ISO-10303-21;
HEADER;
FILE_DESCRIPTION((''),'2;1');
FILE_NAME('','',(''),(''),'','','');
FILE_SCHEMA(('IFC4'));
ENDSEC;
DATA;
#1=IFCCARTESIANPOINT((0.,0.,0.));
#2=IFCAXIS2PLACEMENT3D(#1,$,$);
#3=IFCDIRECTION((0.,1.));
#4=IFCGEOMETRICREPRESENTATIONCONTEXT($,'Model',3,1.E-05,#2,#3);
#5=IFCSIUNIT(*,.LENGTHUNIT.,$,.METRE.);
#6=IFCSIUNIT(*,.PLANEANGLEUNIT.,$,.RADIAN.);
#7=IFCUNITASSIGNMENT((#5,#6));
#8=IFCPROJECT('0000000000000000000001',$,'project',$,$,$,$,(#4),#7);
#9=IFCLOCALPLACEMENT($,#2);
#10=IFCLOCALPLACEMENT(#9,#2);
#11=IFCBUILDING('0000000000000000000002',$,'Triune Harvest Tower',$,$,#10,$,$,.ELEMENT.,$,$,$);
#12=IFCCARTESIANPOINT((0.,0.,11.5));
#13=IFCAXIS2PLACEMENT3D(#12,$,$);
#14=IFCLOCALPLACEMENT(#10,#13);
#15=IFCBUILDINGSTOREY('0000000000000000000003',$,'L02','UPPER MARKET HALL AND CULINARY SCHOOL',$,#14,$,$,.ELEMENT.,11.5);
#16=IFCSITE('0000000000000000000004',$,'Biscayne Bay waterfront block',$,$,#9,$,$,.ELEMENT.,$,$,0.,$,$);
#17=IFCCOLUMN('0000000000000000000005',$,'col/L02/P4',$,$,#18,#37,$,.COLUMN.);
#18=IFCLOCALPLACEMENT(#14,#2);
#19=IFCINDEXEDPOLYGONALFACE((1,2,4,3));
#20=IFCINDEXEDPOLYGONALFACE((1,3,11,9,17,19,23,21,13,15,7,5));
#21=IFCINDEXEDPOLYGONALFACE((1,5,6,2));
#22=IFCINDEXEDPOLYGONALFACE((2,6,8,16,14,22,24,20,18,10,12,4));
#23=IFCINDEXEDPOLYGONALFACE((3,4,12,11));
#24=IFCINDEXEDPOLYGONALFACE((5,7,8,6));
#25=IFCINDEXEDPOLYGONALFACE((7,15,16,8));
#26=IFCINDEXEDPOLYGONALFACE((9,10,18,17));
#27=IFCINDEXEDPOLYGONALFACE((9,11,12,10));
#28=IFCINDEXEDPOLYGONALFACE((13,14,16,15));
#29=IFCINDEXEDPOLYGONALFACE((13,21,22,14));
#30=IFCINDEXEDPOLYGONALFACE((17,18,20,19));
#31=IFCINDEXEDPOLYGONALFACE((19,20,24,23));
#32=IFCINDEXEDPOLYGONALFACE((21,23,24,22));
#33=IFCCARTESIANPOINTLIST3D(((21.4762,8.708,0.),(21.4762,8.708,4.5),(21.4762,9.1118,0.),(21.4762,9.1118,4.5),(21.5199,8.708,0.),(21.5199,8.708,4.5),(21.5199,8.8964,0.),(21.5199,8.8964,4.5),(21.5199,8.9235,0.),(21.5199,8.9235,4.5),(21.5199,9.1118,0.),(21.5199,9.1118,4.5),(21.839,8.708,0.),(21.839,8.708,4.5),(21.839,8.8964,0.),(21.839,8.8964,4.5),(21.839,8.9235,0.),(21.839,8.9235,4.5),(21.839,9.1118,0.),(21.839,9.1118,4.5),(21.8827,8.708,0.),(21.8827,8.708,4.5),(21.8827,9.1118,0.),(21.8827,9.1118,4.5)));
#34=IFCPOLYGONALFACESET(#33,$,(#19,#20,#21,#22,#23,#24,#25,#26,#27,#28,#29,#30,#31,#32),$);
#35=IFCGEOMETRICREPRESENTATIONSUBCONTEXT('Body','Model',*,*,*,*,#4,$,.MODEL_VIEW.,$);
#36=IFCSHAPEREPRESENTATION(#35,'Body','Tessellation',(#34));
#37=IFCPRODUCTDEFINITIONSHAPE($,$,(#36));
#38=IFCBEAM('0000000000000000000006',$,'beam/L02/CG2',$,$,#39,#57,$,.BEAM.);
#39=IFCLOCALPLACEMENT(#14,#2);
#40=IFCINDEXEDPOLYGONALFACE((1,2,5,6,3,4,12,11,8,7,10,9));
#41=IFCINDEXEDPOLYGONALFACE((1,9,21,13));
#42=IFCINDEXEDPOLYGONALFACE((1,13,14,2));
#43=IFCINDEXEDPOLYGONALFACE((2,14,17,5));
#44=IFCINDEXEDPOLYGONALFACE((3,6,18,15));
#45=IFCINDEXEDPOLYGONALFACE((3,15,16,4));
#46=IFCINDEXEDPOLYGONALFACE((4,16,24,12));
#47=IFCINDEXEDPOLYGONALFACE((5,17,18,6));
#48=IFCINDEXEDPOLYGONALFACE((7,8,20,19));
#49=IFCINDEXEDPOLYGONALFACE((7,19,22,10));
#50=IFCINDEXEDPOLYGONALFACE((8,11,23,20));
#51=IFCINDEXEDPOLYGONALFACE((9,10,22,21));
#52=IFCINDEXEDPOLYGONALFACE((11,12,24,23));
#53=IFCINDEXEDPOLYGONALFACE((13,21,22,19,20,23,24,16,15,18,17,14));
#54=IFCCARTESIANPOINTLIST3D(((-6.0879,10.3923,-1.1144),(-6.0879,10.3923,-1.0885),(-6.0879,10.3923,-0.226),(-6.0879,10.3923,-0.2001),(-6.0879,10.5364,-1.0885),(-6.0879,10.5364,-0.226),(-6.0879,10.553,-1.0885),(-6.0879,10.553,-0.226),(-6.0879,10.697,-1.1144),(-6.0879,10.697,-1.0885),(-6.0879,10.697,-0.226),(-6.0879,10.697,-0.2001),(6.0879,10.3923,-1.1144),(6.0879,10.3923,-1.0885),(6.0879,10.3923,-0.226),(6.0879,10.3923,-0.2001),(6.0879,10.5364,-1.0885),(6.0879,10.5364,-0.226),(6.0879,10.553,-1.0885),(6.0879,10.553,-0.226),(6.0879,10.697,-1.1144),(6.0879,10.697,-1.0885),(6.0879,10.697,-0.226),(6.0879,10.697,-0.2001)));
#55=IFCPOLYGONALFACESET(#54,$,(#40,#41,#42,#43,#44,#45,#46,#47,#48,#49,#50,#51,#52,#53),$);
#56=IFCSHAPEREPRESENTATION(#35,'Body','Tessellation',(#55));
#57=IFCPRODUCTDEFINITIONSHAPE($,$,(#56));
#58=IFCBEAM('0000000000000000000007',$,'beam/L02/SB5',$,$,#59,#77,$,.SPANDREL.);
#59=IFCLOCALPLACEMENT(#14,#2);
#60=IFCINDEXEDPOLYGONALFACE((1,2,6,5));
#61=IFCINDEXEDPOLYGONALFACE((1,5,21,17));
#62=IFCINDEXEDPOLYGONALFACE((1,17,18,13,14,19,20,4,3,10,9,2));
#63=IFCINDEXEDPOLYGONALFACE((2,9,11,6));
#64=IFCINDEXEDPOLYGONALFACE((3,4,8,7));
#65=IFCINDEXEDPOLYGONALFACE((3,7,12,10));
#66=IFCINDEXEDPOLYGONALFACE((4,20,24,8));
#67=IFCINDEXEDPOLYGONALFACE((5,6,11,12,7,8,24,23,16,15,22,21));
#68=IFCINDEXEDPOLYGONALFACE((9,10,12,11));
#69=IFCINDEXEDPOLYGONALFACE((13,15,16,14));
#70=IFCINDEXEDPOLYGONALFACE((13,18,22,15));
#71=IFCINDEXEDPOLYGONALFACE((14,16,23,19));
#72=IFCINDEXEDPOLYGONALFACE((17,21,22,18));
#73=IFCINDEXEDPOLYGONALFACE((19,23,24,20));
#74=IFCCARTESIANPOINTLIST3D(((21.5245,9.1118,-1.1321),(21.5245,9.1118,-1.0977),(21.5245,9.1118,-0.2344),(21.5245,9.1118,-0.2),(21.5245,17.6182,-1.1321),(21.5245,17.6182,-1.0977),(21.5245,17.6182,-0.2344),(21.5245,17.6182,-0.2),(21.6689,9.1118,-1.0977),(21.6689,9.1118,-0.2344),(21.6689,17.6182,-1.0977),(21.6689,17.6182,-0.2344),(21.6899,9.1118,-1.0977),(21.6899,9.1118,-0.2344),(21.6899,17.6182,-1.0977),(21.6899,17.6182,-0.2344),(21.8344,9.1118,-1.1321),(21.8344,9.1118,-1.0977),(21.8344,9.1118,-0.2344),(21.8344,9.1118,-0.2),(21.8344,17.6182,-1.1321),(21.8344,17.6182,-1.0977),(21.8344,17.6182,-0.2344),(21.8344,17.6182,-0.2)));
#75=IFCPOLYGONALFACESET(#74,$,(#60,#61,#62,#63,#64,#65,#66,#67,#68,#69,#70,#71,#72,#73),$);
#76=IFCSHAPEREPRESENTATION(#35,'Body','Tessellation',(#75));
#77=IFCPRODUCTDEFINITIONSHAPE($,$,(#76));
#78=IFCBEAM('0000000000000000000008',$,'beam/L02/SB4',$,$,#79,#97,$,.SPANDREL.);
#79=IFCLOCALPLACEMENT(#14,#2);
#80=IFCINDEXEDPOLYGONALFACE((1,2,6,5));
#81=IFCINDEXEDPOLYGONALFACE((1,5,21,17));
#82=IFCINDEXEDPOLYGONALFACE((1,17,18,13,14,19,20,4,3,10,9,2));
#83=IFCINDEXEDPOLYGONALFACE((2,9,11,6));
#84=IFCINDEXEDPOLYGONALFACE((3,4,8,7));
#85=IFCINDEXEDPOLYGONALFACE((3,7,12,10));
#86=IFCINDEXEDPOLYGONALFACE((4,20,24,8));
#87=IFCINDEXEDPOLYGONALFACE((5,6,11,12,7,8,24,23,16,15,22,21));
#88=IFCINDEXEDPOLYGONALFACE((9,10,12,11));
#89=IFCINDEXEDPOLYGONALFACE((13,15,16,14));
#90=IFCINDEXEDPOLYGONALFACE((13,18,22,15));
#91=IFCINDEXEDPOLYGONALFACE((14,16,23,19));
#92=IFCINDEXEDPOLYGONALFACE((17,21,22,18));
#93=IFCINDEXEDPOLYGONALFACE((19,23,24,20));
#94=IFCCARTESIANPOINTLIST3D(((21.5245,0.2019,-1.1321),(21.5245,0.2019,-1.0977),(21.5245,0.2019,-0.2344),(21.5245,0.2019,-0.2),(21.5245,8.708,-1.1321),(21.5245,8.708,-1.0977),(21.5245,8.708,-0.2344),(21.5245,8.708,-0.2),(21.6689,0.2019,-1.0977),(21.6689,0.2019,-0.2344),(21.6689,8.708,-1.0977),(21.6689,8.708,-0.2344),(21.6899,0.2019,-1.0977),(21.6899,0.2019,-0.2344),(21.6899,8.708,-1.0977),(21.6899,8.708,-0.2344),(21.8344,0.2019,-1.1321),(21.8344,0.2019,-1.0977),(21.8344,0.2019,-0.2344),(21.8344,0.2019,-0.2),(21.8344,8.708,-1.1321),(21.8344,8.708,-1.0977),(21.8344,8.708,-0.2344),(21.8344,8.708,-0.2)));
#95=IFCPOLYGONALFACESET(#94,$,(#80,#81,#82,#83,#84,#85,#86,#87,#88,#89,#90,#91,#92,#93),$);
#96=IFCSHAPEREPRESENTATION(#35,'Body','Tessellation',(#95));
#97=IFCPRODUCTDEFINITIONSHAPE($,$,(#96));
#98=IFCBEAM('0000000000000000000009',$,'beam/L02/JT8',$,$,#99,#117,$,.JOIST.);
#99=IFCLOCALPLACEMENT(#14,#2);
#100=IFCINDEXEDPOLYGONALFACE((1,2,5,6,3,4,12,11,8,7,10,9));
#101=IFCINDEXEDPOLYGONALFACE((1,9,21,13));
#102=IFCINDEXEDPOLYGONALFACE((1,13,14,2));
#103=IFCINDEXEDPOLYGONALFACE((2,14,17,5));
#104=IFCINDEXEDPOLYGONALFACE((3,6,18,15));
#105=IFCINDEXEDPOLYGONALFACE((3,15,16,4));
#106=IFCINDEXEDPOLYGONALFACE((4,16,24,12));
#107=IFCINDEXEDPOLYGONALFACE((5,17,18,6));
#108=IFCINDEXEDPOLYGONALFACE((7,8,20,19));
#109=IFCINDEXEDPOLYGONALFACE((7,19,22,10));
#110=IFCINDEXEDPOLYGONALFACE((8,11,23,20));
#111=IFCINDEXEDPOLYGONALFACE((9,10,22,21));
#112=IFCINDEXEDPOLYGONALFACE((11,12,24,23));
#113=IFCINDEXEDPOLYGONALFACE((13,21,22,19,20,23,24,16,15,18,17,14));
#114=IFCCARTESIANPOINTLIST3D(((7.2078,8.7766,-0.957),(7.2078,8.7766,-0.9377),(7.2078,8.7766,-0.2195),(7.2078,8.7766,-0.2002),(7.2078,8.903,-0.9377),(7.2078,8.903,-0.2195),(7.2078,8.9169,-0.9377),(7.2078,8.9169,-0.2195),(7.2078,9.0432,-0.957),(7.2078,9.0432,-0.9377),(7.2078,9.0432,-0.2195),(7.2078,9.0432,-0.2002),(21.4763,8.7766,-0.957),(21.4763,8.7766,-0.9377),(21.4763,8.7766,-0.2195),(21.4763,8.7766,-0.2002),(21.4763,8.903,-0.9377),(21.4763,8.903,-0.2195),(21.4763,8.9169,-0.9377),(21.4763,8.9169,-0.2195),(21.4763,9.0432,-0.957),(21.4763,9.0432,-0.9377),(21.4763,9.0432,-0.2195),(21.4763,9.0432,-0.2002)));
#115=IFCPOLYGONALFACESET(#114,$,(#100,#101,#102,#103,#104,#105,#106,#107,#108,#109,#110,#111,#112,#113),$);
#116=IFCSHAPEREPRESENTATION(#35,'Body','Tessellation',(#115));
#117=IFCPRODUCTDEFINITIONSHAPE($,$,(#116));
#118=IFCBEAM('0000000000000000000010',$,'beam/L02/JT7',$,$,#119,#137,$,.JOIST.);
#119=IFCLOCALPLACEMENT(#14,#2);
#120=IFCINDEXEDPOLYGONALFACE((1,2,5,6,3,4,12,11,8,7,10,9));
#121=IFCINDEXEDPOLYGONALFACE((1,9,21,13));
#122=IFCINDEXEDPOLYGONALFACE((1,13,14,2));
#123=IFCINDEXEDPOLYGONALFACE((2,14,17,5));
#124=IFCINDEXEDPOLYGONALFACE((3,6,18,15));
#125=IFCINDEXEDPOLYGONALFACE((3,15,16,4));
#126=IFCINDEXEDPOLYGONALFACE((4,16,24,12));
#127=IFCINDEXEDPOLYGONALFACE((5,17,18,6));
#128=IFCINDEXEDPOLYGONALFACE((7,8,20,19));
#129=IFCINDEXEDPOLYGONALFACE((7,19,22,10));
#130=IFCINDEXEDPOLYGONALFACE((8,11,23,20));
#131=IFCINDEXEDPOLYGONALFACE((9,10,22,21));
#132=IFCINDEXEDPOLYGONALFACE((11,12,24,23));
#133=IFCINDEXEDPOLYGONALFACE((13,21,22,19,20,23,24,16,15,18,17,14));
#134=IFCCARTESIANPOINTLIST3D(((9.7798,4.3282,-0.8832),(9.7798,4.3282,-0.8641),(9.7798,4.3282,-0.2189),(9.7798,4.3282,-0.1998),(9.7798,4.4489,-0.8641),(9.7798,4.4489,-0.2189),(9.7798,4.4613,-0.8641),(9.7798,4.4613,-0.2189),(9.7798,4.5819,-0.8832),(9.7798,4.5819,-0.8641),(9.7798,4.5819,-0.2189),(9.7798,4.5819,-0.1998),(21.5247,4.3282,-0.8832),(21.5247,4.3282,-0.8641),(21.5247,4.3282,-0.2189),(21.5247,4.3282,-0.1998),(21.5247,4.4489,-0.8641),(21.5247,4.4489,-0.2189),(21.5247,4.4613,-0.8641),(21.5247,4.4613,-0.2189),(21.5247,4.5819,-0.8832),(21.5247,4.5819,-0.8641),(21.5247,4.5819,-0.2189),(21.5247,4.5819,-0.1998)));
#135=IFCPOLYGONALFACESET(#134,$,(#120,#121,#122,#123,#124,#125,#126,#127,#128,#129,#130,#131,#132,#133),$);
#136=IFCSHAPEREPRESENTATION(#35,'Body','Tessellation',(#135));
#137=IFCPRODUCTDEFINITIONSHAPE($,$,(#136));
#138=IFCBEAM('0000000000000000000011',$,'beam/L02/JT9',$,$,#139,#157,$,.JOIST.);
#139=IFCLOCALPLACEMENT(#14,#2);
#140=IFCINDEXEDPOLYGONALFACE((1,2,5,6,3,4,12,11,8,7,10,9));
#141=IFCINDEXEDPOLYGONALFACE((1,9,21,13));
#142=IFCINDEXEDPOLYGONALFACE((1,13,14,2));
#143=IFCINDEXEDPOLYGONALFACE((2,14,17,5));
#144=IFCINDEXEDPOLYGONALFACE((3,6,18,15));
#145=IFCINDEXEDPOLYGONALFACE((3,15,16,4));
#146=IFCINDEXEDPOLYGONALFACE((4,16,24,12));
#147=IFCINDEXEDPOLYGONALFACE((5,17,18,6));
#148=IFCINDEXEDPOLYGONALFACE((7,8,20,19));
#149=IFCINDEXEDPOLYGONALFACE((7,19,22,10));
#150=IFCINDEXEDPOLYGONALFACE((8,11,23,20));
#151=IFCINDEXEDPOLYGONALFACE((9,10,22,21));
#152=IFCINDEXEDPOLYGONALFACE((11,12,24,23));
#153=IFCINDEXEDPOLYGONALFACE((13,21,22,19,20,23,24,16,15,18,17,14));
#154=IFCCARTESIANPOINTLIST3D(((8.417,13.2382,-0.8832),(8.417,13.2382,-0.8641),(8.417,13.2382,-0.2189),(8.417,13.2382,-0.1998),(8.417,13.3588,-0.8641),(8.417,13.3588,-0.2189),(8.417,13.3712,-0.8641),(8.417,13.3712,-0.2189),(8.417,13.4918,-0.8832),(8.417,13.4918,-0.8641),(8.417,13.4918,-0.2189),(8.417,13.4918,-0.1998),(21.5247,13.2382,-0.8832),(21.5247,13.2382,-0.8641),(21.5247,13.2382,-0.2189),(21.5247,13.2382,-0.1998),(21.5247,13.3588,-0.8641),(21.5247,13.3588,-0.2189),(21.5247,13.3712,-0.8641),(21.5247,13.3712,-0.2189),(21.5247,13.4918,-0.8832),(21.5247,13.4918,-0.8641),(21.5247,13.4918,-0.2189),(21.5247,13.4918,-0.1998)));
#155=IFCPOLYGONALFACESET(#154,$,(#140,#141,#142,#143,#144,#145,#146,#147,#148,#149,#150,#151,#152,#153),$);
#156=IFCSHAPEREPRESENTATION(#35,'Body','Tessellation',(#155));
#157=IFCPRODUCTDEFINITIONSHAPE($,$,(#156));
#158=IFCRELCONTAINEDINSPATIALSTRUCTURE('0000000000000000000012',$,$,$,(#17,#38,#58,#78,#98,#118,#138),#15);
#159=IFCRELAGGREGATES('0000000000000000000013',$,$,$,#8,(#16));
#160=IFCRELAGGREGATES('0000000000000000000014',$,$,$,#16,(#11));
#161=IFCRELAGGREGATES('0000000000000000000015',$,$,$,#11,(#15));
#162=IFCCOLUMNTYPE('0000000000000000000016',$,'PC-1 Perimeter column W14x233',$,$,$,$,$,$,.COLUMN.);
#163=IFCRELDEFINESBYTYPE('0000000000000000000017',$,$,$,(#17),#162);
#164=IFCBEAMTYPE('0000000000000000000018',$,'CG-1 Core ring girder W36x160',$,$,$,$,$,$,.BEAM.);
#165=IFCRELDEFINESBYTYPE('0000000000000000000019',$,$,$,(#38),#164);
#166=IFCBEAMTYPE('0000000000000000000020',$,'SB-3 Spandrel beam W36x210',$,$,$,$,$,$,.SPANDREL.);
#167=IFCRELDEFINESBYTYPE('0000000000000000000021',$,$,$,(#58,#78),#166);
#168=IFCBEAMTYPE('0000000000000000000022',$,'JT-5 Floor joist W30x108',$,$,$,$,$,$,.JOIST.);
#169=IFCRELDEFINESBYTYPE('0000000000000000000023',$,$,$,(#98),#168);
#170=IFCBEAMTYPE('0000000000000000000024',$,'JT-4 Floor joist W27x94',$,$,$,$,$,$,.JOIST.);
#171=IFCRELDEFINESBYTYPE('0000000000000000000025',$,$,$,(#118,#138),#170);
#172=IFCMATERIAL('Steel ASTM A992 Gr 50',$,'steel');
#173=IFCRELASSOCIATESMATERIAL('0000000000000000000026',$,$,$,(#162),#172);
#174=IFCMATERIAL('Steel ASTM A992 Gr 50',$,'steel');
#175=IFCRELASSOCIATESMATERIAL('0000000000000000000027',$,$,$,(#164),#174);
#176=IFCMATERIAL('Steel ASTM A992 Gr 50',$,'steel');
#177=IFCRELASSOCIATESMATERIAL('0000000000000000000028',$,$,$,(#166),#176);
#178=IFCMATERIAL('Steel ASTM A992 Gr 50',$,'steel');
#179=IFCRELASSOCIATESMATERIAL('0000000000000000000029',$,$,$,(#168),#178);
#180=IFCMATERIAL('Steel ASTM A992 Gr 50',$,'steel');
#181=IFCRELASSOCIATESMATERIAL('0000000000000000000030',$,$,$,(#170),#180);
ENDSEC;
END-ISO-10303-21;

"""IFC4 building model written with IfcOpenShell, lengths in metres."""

from ifc_helpers import new_model, si_unit, direction, frame, origin, origin_2d, place, context, subcontext, project, spatial, i_section, extrude, source, transform, mapped, material, material_profile, profile_set, type_object, element, save


model = new_model("IFC4")

# Units and contexts
model_context = context("Model", 3, precision=1e-05, world=origin(), true_north=direction((0.0, 1.0)))
body_context = subcontext(model_context, "Body", "Model", "MODEL_VIEW")
ifc_project = project(units=[si_unit("LENGTHUNIT", "METRE"), si_unit("PLANEANGLEUNIT", "RADIAN")], contexts=[model_context])

# Site, building, storey
site_placement = place(None, origin())
site = spatial("IfcSite", under=ifc_project, at=site_placement, Name="Biscayne Bay waterfront block", CompositionType="ELEMENT", RefElevation=0.0)
building_placement = place(site_placement, origin())
building = spatial("IfcBuilding", under=site, at=building_placement, Name="Triune Harvest Tower", CompositionType="ELEMENT")
storey_placement = place(building_placement, frame((0.0, 0.0, 11.5)))
storey = spatial("IfcBuildingStorey", under=building, at=storey_placement, Name="L02", Description="UPPER MARKET HALL AND CULINARY SCHOOL", CompositionType="ELEMENT", Elevation=11.5)

# Column
ifc_material_1 = material(Name="Steel ASTM A992 Gr 50", Category="steel")
ifc_material_profile_1 = material_profile(ifc_material_1, i_section(OverallWidth=0.4038, OverallDepth=0.4065, WebThickness=0.0271, FlangeThickness=0.0437, at=origin_2d()), Name="W14x233")
ifc_profile_set_1 = profile_set([ifc_material_profile_1], Name="Steel ASTM A992 Gr 50")
column_type = type_object("IfcColumnType", Name="PC-1 Perimeter column W14x233", PredefinedType="COLUMN", material=ifc_profile_set_1)
shared_shape_1 = source(origin(), body_context, "Body", "SweptSolid", [
    extrude(i_section(OverallWidth=0.4038, OverallDepth=0.4065, WebThickness=0.0271, FlangeThickness=0.0437, at=origin_2d()), origin(), (0.0, 0.0, 1.0), 4.5),
])
column_placement = place(storey_placement, frame((21.6794, 8.9099, 0.0), z_axis=(0.0, 0.0, 1.0), x_axis=(0.0, 1.0, 0.0)))
element("IfcColumn", 1, at=column_placement, inside=storey, type_object=column_type, Name="col/L02/P4", PredefinedType="COLUMN", context=body_context, shape_type="MappedRepresentation", body=[
    mapped(shared_shape_1, transform((0.0, 0.0, 0.0), scale=1.0)),
])

# Beams
ifc_material_2 = material(Name="Steel ASTM A992 Gr 50", Category="steel")
ifc_material_profile_2 = material_profile(ifc_material_2, i_section(OverallWidth=0.3047, OverallDepth=0.9143, WebThickness=0.0166, FlangeThickness=0.0259, at=origin_2d()), Name="W36x160")
ifc_profile_set_2 = profile_set([ifc_material_profile_2], Name="Steel ASTM A992 Gr 50")
beam_type_1 = type_object("IfcBeamType", Name="CG-1 Core ring girder W36x160", PredefinedType="BEAM", material=ifc_profile_set_2)
shared_shape_2 = source(origin(), body_context, "Body", "SweptSolid", [
    extrude(i_section(OverallWidth=0.3047, OverallDepth=0.9143, WebThickness=0.0166, FlangeThickness=0.0259, at=origin_2d()), origin(), (0.0, 0.0, 1.0), 12.1758),
])
beam_1_placement = place(storey_placement, frame((6.0879, 10.5447, -0.6572), z_axis=(-1.0, 0.0, 0.0), x_axis=(0.0, -1.0, 0.0)))
element("IfcBeam", 2, at=beam_1_placement, inside=storey, type_object=beam_type_1, Name="beam/L02/CG2", PredefinedType="BEAM", context=body_context, shape_type="MappedRepresentation", body=[
    mapped(shared_shape_2, transform((0.0, 0.0, 0.0), scale=1.0)),
])
ifc_material_3 = material(Name="Steel ASTM A992 Gr 50", Category="steel")
ifc_material_profile_3 = material_profile(ifc_material_3, i_section(OverallWidth=0.3098, OverallDepth=0.9321, WebThickness=0.021, FlangeThickness=0.0344, at=origin_2d()), Name="W36x210")
ifc_profile_set_3 = profile_set([ifc_material_profile_3], Name="Steel ASTM A992 Gr 50")
beam_type_2 = type_object("IfcBeamType", Name="SB-3 Spandrel beam W36x210", PredefinedType="SPANDREL", material=ifc_profile_set_3)
shared_shape_3 = source(origin(), body_context, "Body", "SweptSolid", [
    extrude(i_section(OverallWidth=0.3098, OverallDepth=0.9321, WebThickness=0.021, FlangeThickness=0.0344, at=origin_2d()), origin(), (0.0, 0.0, 1.0), 8.5063),
])
beam_2_placement = place(storey_placement, frame((21.6794, 9.1118, -0.666), z_axis=(0.0, 1.0, 0.0), x_axis=(-1.0, 0.0, 0.0)))
element("IfcBeam", 3, at=beam_2_placement, inside=storey, type_object=beam_type_2, Name="beam/L02/SB5", PredefinedType="SPANDREL", context=body_context, shape_type="MappedRepresentation", body=[
    mapped(shared_shape_3, transform((0.0, 0.0, 0.0), scale=1.0)),
])
shared_shape_4 = source(origin(), body_context, "Body", "SweptSolid", [
    extrude(i_section(OverallWidth=0.3098, OverallDepth=0.9321, WebThickness=0.021, FlangeThickness=0.0344, at=origin_2d()), origin(), (0.0, 0.0, 1.0), 8.5061),
])
beam_3_placement = place(storey_placement, frame((21.6794, 0.2019, -0.666), z_axis=(0.0, 1.0, 0.0), x_axis=(-1.0, 0.0, 0.0)))
element("IfcBeam", 4, at=beam_3_placement, inside=storey, type_object=beam_type_2, Name="beam/L02/SB4", PredefinedType="SPANDREL", context=body_context, shape_type="MappedRepresentation", body=[
    mapped(shared_shape_4, transform((0.0, 0.0, 0.0), scale=1.0)),
])
ifc_material_4 = material(Name="Steel ASTM A992 Gr 50", Category="steel")
ifc_material_profile_4 = material_profile(ifc_material_4, i_section(OverallWidth=0.2666, OverallDepth=0.7568, WebThickness=0.0139, FlangeThickness=0.0193, at=origin_2d()), Name="W30x108")
ifc_profile_set_4 = profile_set([ifc_material_profile_4], Name="Steel ASTM A992 Gr 50")
beam_type_3 = type_object("IfcBeamType", Name="JT-5 Floor joist W30x108", PredefinedType="JOIST", material=ifc_profile_set_4)
shared_shape_5 = source(origin(), body_context, "Body", "SweptSolid", [
    extrude(i_section(OverallWidth=0.2666, OverallDepth=0.7568, WebThickness=0.0139, FlangeThickness=0.0193, at=origin_2d()), origin(), (0.0, 0.0, 1.0), 14.2686),
])
beam_4_placement = place(storey_placement, frame((21.4763, 8.9099, -0.5786), z_axis=(-1.0, 0.0, 0.0), x_axis=(0.0, -1.0, 0.0)))
element("IfcBeam", 5, at=beam_4_placement, inside=storey, type_object=beam_type_3, Name="beam/L02/JT8", PredefinedType="JOIST", context=body_context, shape_type="MappedRepresentation", body=[
    mapped(shared_shape_5, transform((0.0, 0.0, 0.0), scale=1.0)),
])
ifc_material_5 = material(Name="Steel ASTM A992 Gr 50", Category="steel")
ifc_material_profile_5 = material_profile(ifc_material_5, i_section(OverallWidth=0.2537, OverallDepth=0.6833, WebThickness=0.0125, FlangeThickness=0.019, at=origin_2d()), Name="W27x94")
ifc_profile_set_5 = profile_set([ifc_material_profile_5], Name="Steel ASTM A992 Gr 50")
beam_type_4 = type_object("IfcBeamType", Name="JT-4 Floor joist W27x94", PredefinedType="JOIST", material=ifc_profile_set_5)
shared_shape_6 = source(origin(), body_context, "Body", "SweptSolid", [
    extrude(i_section(OverallWidth=0.2537, OverallDepth=0.6833, WebThickness=0.0125, FlangeThickness=0.019, at=origin_2d()), origin(), (0.0, 0.0, 1.0), 11.7449),
])
beam_5_placement = place(storey_placement, frame((21.5247, 4.4551, -0.5415), z_axis=(-1.0, 0.0, 0.0), x_axis=(0.0, -1.0, 0.0)))
element("IfcBeam", 6, at=beam_5_placement, inside=storey, type_object=beam_type_4, Name="beam/L02/JT7", PredefinedType="JOIST", context=body_context, shape_type="MappedRepresentation", body=[
    mapped(shared_shape_6, transform((0.0, 0.0, 0.0), scale=1.0)),
])
shared_shape_7 = source(origin(), body_context, "Body", "SweptSolid", [
    extrude(i_section(OverallWidth=0.2537, OverallDepth=0.6833, WebThickness=0.0125, FlangeThickness=0.019, at=origin_2d()), origin(), (0.0, 0.0, 1.0), 13.1077),
])
beam_6_placement = place(storey_placement, frame((21.5247, 13.365, -0.5415), z_axis=(-1.0, 0.0, 0.0), x_axis=(0.0, -1.0, 0.0)))
element("IfcBeam", 7, at=beam_6_placement, inside=storey, type_object=beam_type_4, Name="beam/L02/JT9", PredefinedType="JOIST", context=body_context, shape_type="MappedRepresentation", body=[
    mapped(shared_shape_7, transform((0.0, 0.0, 0.0), scale=1.0)),
])

save(model, "model.ifc")
